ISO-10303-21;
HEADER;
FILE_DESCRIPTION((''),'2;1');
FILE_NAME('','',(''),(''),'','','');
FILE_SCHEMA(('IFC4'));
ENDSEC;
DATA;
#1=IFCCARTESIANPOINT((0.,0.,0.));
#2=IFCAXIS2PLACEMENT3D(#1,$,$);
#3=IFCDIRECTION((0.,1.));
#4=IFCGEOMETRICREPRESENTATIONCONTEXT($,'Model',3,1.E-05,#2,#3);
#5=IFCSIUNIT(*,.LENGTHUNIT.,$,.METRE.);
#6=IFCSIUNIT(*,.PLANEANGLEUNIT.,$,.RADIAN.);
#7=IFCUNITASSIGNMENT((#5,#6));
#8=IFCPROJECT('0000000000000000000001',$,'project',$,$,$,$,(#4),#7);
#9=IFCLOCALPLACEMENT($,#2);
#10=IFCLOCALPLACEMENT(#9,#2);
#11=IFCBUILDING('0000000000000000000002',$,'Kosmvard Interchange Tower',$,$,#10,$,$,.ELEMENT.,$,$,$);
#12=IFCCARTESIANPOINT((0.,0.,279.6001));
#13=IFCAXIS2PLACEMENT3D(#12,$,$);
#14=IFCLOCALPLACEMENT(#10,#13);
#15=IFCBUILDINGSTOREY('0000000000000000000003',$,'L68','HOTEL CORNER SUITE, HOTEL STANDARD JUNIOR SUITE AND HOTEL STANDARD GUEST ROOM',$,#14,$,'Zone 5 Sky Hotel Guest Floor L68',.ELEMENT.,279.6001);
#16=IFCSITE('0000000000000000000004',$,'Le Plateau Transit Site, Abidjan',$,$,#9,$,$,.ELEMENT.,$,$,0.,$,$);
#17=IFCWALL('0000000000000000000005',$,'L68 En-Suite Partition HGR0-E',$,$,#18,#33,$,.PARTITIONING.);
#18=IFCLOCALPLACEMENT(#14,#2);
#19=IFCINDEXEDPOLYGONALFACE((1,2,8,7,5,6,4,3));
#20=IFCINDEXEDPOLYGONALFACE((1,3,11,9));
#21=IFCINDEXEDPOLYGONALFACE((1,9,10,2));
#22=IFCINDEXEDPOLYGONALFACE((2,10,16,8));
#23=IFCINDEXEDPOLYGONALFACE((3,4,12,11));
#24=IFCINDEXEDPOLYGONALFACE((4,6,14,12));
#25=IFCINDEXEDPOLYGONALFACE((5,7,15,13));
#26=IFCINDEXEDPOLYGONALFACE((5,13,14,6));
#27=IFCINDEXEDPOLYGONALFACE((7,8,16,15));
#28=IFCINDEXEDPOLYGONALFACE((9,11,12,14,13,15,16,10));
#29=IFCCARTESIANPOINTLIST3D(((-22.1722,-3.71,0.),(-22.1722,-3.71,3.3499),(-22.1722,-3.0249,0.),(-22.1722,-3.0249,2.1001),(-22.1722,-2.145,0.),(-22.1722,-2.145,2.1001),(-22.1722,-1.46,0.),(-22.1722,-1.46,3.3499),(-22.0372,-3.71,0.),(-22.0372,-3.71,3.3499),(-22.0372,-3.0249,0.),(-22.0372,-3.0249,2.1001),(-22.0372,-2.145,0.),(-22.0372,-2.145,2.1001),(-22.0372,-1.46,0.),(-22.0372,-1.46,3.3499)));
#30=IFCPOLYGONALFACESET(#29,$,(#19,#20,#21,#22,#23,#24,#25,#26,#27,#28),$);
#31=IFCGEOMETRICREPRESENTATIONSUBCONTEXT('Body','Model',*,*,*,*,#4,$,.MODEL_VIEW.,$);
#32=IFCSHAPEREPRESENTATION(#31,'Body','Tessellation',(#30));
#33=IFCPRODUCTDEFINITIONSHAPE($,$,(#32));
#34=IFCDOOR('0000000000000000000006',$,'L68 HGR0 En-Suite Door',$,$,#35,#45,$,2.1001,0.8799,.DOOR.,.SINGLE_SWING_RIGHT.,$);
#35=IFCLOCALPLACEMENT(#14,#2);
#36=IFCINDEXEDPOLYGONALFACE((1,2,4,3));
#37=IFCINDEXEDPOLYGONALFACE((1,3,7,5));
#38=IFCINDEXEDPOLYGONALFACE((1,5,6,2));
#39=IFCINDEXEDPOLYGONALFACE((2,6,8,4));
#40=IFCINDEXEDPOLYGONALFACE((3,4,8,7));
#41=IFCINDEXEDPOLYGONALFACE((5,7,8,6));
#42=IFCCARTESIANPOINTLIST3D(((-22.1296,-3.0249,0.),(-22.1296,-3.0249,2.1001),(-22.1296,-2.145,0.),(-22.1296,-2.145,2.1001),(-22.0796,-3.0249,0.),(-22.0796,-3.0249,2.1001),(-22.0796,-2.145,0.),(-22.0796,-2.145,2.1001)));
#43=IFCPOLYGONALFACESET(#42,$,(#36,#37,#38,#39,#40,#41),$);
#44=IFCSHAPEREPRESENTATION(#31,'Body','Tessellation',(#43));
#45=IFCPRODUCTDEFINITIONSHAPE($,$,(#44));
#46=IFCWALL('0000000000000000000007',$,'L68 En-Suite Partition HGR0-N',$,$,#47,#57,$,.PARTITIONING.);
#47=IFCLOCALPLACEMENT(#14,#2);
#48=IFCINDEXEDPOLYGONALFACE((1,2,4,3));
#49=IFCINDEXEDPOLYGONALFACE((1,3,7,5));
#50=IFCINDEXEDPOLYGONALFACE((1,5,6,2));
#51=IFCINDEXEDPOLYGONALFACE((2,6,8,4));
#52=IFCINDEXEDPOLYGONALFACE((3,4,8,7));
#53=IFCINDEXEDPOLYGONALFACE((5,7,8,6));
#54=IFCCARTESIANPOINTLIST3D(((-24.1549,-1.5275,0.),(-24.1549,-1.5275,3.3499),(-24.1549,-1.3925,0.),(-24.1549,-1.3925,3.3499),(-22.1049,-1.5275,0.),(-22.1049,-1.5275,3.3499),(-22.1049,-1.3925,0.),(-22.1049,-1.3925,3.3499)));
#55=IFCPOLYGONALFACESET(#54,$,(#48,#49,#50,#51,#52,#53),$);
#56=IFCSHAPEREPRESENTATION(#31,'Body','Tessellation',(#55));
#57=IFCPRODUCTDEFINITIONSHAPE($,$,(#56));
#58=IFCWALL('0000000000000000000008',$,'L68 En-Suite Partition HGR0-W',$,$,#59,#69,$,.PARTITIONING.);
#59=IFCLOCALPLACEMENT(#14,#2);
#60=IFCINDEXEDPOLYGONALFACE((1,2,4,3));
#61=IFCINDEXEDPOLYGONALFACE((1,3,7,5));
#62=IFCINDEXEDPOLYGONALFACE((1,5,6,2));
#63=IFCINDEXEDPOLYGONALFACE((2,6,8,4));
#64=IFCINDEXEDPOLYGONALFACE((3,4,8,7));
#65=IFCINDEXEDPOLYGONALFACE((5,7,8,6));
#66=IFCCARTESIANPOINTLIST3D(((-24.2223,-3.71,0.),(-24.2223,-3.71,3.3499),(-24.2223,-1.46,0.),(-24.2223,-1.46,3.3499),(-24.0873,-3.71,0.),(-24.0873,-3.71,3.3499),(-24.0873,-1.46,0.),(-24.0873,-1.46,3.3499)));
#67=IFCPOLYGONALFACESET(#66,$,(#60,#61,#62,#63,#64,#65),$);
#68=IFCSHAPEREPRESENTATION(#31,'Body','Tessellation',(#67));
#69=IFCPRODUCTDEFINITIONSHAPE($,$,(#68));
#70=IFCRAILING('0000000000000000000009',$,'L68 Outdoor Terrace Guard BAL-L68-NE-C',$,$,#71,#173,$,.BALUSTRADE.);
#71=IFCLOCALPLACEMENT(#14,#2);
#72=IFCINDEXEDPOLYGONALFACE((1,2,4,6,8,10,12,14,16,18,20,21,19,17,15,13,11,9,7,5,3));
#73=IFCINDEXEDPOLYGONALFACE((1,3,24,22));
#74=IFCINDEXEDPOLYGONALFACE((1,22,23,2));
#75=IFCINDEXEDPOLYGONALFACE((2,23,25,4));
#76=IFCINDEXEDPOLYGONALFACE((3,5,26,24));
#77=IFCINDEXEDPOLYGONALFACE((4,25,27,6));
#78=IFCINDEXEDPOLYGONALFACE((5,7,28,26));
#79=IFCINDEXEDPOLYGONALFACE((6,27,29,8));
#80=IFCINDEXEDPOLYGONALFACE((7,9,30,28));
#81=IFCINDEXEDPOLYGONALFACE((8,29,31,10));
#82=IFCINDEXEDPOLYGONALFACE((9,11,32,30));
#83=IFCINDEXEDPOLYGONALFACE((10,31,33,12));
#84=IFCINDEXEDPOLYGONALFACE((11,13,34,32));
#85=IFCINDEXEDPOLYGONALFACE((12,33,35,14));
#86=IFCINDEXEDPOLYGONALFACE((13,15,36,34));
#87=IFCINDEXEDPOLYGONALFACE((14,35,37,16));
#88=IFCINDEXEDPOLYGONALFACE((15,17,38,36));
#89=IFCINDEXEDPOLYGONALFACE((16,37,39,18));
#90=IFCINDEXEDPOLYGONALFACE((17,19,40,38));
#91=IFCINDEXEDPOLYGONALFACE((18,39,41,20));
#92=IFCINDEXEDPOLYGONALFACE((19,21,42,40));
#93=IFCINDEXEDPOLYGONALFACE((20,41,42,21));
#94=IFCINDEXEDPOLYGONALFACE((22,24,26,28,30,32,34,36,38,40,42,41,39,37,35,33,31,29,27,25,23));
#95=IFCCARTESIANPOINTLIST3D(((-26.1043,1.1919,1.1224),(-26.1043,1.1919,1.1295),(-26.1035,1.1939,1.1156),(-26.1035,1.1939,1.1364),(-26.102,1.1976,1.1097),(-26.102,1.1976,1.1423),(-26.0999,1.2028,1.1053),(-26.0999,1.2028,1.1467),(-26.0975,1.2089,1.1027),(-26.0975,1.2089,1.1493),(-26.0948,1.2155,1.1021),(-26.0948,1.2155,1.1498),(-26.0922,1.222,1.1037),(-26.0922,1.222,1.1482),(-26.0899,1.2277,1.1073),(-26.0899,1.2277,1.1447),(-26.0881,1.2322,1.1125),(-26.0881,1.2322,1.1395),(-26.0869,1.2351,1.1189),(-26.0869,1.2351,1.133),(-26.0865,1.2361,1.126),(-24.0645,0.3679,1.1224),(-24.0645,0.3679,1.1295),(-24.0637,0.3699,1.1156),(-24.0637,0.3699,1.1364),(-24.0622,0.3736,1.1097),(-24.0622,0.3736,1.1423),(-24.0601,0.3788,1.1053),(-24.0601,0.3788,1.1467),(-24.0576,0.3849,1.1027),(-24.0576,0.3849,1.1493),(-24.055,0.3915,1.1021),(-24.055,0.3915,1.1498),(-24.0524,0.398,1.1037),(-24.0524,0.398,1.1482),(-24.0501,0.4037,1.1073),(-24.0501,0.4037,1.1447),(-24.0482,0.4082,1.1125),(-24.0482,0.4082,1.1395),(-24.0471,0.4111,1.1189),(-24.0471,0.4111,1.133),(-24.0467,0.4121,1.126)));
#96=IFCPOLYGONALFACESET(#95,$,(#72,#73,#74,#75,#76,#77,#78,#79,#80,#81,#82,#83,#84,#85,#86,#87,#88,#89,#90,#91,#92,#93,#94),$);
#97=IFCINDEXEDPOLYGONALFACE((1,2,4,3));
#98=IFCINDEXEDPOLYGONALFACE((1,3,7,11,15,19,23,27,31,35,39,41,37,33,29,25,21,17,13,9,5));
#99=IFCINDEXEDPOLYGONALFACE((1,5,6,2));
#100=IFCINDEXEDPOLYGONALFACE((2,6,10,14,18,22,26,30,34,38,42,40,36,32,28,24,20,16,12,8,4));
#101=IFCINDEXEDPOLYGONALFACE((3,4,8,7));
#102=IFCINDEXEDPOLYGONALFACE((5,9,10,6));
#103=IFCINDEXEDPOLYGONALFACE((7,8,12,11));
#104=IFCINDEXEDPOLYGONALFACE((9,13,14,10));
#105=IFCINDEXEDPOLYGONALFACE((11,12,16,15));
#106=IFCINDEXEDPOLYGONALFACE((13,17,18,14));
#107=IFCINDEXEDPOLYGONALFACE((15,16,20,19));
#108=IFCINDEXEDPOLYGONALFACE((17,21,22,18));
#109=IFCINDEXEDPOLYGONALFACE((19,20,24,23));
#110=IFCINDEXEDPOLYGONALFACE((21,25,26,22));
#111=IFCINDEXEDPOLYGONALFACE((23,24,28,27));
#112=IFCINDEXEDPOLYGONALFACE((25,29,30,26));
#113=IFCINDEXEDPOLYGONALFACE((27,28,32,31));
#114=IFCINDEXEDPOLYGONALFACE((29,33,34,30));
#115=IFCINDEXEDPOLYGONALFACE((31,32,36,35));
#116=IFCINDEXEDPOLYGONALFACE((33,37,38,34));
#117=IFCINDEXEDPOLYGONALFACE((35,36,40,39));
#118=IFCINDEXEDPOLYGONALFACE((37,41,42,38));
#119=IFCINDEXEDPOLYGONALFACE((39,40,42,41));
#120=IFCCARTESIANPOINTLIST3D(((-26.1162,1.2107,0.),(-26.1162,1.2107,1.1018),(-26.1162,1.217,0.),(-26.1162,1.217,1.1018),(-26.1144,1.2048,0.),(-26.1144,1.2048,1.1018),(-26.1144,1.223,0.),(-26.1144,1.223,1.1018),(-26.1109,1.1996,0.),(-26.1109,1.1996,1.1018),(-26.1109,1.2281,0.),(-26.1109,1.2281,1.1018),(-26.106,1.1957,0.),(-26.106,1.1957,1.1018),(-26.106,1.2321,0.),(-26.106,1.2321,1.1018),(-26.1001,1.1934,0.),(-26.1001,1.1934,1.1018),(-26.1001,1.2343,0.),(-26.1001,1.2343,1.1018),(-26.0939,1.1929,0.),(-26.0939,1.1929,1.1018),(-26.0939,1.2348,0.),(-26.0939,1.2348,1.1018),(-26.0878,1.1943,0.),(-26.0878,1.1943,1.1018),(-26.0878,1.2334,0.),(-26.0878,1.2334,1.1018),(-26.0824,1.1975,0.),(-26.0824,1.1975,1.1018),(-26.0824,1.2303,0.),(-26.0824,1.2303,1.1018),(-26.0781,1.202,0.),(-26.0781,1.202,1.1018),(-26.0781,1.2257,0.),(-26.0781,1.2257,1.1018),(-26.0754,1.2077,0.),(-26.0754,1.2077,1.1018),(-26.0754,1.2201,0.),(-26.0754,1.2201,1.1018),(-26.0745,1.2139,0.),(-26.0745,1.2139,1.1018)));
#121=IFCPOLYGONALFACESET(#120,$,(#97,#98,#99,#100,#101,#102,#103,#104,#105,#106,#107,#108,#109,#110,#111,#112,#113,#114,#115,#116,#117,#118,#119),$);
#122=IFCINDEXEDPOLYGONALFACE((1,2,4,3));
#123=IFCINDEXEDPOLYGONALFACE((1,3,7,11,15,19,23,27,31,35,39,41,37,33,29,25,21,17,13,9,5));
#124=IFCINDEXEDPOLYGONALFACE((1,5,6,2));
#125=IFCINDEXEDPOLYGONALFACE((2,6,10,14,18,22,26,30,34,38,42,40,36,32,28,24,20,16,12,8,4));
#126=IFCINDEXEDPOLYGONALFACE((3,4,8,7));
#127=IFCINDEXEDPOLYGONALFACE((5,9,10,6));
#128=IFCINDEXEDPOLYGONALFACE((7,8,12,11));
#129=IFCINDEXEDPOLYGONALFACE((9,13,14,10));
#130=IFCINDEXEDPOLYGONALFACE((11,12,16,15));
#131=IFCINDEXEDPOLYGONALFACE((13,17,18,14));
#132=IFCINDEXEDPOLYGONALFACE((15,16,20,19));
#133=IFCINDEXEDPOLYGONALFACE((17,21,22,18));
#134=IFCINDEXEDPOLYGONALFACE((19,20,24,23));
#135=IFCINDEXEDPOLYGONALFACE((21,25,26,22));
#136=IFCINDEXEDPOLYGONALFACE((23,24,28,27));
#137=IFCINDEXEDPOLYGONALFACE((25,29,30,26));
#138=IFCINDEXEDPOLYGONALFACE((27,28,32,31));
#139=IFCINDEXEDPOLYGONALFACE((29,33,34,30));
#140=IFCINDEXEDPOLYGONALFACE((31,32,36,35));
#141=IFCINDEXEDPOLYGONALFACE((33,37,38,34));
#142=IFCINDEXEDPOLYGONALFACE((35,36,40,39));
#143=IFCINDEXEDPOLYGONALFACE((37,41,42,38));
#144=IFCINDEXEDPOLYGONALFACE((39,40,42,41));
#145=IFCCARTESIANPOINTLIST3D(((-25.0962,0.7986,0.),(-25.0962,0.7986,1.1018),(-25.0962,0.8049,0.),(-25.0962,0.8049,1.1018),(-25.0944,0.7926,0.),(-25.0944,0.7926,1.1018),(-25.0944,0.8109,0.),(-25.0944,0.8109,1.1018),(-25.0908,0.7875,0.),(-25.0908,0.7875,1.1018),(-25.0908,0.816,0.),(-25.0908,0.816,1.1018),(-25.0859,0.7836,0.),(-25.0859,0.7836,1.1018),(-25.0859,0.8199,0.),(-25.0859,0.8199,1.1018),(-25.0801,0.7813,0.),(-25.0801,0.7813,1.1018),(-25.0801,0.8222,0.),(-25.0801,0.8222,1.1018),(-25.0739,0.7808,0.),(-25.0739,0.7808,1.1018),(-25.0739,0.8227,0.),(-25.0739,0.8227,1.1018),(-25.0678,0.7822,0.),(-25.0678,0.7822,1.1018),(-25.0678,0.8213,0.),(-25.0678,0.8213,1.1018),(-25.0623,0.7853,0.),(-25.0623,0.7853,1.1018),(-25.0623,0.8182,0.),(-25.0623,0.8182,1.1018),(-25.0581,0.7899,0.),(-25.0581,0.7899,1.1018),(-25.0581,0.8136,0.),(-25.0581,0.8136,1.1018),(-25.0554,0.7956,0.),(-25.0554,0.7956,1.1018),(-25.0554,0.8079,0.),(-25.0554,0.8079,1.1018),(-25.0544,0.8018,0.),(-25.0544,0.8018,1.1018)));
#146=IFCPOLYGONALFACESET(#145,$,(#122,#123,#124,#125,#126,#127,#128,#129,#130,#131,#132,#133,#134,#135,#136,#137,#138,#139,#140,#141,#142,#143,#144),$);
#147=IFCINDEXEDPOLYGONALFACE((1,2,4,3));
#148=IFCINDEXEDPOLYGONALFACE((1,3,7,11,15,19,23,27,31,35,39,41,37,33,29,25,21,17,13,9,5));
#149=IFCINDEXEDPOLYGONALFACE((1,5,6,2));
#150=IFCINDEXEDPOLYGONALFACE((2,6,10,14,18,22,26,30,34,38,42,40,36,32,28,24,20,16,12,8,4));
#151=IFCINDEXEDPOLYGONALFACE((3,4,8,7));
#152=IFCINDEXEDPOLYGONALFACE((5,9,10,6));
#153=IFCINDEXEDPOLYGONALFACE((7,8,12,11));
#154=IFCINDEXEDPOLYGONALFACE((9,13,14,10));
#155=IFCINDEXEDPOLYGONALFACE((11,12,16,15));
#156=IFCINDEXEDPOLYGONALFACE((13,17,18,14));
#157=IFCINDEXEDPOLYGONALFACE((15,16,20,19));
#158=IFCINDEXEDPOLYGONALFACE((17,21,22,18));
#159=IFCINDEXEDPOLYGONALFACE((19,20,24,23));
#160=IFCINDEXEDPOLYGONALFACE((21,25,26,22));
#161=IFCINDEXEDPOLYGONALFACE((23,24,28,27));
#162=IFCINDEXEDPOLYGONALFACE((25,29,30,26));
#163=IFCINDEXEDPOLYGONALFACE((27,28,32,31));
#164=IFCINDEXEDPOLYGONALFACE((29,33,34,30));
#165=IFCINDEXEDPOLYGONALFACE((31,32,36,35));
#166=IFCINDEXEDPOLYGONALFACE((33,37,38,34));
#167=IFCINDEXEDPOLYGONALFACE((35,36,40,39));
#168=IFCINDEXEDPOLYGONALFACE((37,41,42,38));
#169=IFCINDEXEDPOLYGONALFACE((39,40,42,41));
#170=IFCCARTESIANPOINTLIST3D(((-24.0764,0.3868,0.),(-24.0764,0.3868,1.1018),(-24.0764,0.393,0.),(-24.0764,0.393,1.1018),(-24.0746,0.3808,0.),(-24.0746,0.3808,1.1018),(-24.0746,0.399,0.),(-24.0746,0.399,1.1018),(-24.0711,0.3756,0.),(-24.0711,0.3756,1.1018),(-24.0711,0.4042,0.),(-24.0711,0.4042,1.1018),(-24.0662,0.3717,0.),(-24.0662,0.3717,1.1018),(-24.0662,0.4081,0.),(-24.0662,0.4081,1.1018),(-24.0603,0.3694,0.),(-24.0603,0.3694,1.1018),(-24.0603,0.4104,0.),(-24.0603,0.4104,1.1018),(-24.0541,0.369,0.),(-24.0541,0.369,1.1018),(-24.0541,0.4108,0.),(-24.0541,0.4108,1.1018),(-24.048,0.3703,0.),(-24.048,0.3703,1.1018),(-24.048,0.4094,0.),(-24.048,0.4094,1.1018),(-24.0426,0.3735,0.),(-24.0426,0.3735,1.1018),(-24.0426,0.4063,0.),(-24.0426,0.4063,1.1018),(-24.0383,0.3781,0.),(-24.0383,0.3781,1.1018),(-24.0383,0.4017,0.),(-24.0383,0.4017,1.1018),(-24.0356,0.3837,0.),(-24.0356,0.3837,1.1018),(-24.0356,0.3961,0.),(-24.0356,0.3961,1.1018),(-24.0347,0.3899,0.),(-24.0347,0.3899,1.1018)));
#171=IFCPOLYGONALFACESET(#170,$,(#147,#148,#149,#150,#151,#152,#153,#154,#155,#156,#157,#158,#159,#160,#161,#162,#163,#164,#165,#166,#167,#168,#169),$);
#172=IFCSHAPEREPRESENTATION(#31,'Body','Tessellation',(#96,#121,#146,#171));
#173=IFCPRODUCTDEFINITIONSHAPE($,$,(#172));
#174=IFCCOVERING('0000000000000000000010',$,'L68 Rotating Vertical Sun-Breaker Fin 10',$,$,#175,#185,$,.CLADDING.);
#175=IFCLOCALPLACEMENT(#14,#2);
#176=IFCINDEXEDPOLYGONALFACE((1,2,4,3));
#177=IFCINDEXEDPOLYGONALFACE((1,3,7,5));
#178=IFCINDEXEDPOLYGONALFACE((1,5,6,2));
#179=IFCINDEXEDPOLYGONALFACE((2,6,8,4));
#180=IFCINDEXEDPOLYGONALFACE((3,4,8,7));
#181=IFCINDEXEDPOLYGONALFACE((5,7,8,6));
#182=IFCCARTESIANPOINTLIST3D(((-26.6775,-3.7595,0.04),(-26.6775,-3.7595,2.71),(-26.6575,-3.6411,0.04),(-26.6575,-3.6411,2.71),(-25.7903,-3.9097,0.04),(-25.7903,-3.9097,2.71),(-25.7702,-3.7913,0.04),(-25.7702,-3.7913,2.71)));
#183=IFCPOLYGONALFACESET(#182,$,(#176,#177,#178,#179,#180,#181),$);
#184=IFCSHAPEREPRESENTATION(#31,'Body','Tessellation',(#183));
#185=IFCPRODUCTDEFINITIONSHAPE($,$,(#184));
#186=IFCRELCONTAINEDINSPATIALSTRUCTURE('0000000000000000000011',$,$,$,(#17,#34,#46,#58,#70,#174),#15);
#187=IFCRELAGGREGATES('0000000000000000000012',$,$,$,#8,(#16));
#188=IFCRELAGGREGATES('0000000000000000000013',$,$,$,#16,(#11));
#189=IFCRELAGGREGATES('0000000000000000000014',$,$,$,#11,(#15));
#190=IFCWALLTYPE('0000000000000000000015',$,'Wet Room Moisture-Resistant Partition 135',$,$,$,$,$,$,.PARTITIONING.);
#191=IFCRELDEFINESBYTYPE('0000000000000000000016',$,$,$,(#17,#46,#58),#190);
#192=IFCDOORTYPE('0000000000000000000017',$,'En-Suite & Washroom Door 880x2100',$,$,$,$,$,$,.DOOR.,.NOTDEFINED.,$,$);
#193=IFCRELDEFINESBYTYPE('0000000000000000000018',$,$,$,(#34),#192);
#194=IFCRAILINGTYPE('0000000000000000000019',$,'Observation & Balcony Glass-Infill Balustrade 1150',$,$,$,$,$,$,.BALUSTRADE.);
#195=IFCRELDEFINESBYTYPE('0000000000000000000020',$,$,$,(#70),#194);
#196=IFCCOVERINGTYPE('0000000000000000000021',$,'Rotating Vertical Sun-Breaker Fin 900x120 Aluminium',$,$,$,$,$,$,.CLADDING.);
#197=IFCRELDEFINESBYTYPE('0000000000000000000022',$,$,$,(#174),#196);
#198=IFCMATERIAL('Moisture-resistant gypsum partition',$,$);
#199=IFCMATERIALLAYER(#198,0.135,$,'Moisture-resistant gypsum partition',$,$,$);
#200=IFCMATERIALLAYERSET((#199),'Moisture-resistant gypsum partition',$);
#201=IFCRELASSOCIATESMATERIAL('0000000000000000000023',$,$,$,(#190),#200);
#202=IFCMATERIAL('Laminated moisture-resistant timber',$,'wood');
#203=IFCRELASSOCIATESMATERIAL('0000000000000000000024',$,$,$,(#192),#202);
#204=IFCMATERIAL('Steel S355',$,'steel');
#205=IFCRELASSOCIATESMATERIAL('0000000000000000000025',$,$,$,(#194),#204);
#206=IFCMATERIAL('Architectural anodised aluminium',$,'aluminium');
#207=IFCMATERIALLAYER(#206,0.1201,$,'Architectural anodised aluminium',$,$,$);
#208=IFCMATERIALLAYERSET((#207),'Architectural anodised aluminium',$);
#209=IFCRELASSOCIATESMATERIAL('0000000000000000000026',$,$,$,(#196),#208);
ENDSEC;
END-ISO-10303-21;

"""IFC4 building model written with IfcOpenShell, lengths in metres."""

from ifc_helpers import new_model, si_unit, direction, frame, frame_2d, origin, origin_2d, place, context, subcontext, project, spatial, rectangle, circle, extrude, source, transform, mapped, material, layer, layer_set, type_object, element, fill, save


model = new_model("IFC4")

# Units and contexts
model_context = context("Model", 3, precision=1e-05, world=origin(), true_north=direction((0.0, 1.0)))
body_context = subcontext(model_context, "Body", "Model", "MODEL_VIEW")
ifc_project = project(units=[si_unit("LENGTHUNIT", "METRE"), si_unit("PLANEANGLEUNIT", "RADIAN")], contexts=[model_context])

# Site, building, storey
site_placement = place(None, origin())
site = spatial("IfcSite", under=ifc_project, at=site_placement, Name="Le Plateau Transit Site, Abidjan", CompositionType="ELEMENT", RefElevation=0.0)
building_placement = place(site_placement, origin())
building = spatial("IfcBuilding", under=site, at=building_placement, Name="Kosmvard Interchange Tower", CompositionType="ELEMENT")
storey_placement = place(building_placement, frame((0.0, 0.0, 279.6001)))
storey = spatial("IfcBuildingStorey", under=building, at=storey_placement, Name="L68", Description="HOTEL CORNER SUITE, HOTEL STANDARD JUNIOR SUITE AND HOTEL STANDARD GUEST ROOM", LongName="Zone 5 Sky Hotel Guest Floor L68", CompositionType="ELEMENT", Elevation=279.6001)

# Shared definitions
ifc_material_1 = material(Name="Moisture-resistant gypsum partition")
ifc_layer_1 = layer(ifc_material_1, 0.135, Name="Moisture-resistant gypsum partition")
ifc_layer_set_1 = layer_set([ifc_layer_1], Name="Moisture-resistant gypsum partition")
wall_type_1 = type_object("IfcWallType", Name="Wet Room Moisture-Resistant Partition 135", PredefinedType="PARTITIONING", material=ifc_layer_set_1)
ifc_material_2 = material(Name="Laminated moisture-resistant timber", Category="wood")
door_type = type_object("IfcDoorType", Name="En-Suite & Washroom Door 880x2100", OperationType="NOTDEFINED", PredefinedType="DOOR", material=ifc_material_2)
shared_shape_1 = source(origin(), body_context, "Body", "SweptSolid", [
    extrude(rectangle(XDim=0.8799, YDim=2.1001, at=frame_2d((0.4399, 1.05))), frame((0.0, 0.0249, 0.0), z_axis=(0.0, -1.0, 0.0), x_axis=(1.0, 0.0, 0.0)), (0.0, 0.0, 1.0), 0.05),
])

# Wall, opening, door
wall_1_placement = place(storey_placement, frame((-22.1047, -3.71, 0.0), z_axis=(0.0, 0.0, 1.0), x_axis=(0.0, 1.0, 0.0)))
wall_1 = element("IfcWall", 1, at=wall_1_placement, inside=storey, type_object=wall_type_1, Name="L68 En-Suite Partition HGR0-E", PredefinedType="PARTITIONING", context=body_context, shape_type="SweptSolid", body=[
    extrude(rectangle(XDim=2.25, YDim=0.135, at=frame_2d((1.125, 0.0))), origin(), (0.0, 0.0, 1.0), 3.3499),
])
opening_1_placement = place(wall_1_placement, frame((0.6851, 0.0, 0.0)))
opening_1 = element("IfcOpeningElement", 2, at=opening_1_placement, cuts=wall_1, PredefinedType="OPENING", context=body_context, shape_type="SweptSolid", body=[
    extrude(rectangle(XDim=0.8799, YDim=2.1001, at=frame_2d((0.4399, 1.05))), frame((0.0, 0.0776, 0.0), z_axis=(0.0, -1.0, 0.0), x_axis=(1.0, 0.0, 0.0)), (0.0, 0.0, 1.0), 0.155),
])
door_1_placement = place(opening_1_placement, origin())
door_1 = element("IfcDoor", 3, at=door_1_placement, inside=storey, type_object=door_type, Name="L68 HGR0 En-Suite Door", OperationType="SINGLE_SWING_RIGHT", OverallHeight=2.1001, OverallWidth=0.8799, PredefinedType="DOOR", context=body_context, shape_type="MappedRepresentation", body=[
    mapped(shared_shape_1, transform((0.0, 0.0, 0.0), scale=1.0)),
])
fill(opening_1, door_1)

# Walls
wall_2_placement = place(storey_placement, frame((-24.1548, -1.46, 0.0), z_axis=(0.0, 0.0, 1.0), x_axis=(1.0, 0.0, 0.0)))
element("IfcWall", 4, at=wall_2_placement, inside=storey, type_object=wall_type_1, Name="L68 En-Suite Partition HGR0-N", PredefinedType="PARTITIONING", context=body_context, shape_type="SweptSolid", body=[
    extrude(rectangle(XDim=2.05, YDim=0.135, at=frame_2d((1.0249, 0.0))), origin(), (0.0, 0.0, 1.0), 3.3499),
])
wall_3_placement = place(storey_placement, frame((-24.1548, -3.71, 0.0), z_axis=(0.0, 0.0, 1.0), x_axis=(0.0, 1.0, 0.0)))
element("IfcWall", 5, at=wall_3_placement, inside=storey, type_object=wall_type_1, Name="L68 En-Suite Partition HGR0-W", PredefinedType="PARTITIONING", context=body_context, shape_type="SweptSolid", body=[
    extrude(rectangle(XDim=2.25, YDim=0.135, at=frame_2d((1.125, 0.0))), origin(), (0.0, 0.0, 1.0), 3.3499),
])

# Railing
ifc_material_3 = material(Name="Steel S355", Category="steel")
railing_type = type_object("IfcRailingType", Name="Observation & Balcony Glass-Infill Balustrade 1150", PredefinedType="BALUSTRADE", material=ifc_material_3)
shared_shape_2 = source(origin(), body_context, "Body", "SweptSolid", [
    extrude(circle(Radius=0.0239, at=origin_2d()), frame((0.0, 0.0, 1.126), z_axis=(0.927208, -0.374546, 0.0), x_axis=(0.374546, 0.927208, 0.0)), (0.0, 0.0, 1.0), 2.2),
    extrude(circle(Radius=0.021, at=origin_2d()), origin(), (0.0, 0.0, 1.0), 1.1018),
    extrude(circle(Radius=0.021, at=origin_2d()), frame((1.02, -0.4121, 0.0)), (0.0, 0.0, 1.0), 1.1018),
    extrude(circle(Radius=0.021, at=origin_2d()), frame((2.0398, -0.824, 0.0)), (0.0, 0.0, 1.0), 1.1018),
])
railing_placement = place(storey_placement, frame((-26.0955, 1.2139, 0.0)))
element("IfcRailing", 6, at=railing_placement, inside=storey, type_object=railing_type, Name="L68 Outdoor Terrace Guard BAL-L68-NE-C", PredefinedType="BALUSTRADE", context=body_context, shape_type="MappedRepresentation", body=[
    mapped(shared_shape_2, transform((0.0, 0.0, 0.0), scale=1.0)),
])

# Covering
ifc_material_4 = material(Name="Architectural anodised aluminium", Category="aluminium")
ifc_layer_2 = layer(ifc_material_4, 0.1201, Name="Architectural anodised aluminium")
ifc_layer_set_2 = layer_set([ifc_layer_2], Name="Architectural anodised aluminium")
covering_type = type_object("IfcCoveringType", Name="Rotating Vertical Sun-Breaker Fin 900x120 Aluminium", PredefinedType="CLADDING", material=ifc_layer_set_2)
shared_shape_3 = source(origin(), body_context, "Body", "SweptSolid", [
    extrude(rectangle(XDim=0.8999, YDim=0.1201, at=origin_2d()), origin(), (0.0, 0.0, 1.0), 2.6699),
])
covering_placement = place(storey_placement, frame((-26.2239, -3.7754, 0.04), z_axis=(0.0, 0.0, 1.0), x_axis=(-0.985967, 0.166941, 0.0)))
element("IfcCovering", 7, at=covering_placement, inside=storey, type_object=covering_type, Name="L68 Rotating Vertical Sun-Breaker Fin 10", PredefinedType="CLADDING", context=body_context, shape_type="MappedRepresentation", body=[
    mapped(shared_shape_3, transform((0.0, 0.0, 0.0), scale=1.0)),
])

save(model, "model.ifc")
